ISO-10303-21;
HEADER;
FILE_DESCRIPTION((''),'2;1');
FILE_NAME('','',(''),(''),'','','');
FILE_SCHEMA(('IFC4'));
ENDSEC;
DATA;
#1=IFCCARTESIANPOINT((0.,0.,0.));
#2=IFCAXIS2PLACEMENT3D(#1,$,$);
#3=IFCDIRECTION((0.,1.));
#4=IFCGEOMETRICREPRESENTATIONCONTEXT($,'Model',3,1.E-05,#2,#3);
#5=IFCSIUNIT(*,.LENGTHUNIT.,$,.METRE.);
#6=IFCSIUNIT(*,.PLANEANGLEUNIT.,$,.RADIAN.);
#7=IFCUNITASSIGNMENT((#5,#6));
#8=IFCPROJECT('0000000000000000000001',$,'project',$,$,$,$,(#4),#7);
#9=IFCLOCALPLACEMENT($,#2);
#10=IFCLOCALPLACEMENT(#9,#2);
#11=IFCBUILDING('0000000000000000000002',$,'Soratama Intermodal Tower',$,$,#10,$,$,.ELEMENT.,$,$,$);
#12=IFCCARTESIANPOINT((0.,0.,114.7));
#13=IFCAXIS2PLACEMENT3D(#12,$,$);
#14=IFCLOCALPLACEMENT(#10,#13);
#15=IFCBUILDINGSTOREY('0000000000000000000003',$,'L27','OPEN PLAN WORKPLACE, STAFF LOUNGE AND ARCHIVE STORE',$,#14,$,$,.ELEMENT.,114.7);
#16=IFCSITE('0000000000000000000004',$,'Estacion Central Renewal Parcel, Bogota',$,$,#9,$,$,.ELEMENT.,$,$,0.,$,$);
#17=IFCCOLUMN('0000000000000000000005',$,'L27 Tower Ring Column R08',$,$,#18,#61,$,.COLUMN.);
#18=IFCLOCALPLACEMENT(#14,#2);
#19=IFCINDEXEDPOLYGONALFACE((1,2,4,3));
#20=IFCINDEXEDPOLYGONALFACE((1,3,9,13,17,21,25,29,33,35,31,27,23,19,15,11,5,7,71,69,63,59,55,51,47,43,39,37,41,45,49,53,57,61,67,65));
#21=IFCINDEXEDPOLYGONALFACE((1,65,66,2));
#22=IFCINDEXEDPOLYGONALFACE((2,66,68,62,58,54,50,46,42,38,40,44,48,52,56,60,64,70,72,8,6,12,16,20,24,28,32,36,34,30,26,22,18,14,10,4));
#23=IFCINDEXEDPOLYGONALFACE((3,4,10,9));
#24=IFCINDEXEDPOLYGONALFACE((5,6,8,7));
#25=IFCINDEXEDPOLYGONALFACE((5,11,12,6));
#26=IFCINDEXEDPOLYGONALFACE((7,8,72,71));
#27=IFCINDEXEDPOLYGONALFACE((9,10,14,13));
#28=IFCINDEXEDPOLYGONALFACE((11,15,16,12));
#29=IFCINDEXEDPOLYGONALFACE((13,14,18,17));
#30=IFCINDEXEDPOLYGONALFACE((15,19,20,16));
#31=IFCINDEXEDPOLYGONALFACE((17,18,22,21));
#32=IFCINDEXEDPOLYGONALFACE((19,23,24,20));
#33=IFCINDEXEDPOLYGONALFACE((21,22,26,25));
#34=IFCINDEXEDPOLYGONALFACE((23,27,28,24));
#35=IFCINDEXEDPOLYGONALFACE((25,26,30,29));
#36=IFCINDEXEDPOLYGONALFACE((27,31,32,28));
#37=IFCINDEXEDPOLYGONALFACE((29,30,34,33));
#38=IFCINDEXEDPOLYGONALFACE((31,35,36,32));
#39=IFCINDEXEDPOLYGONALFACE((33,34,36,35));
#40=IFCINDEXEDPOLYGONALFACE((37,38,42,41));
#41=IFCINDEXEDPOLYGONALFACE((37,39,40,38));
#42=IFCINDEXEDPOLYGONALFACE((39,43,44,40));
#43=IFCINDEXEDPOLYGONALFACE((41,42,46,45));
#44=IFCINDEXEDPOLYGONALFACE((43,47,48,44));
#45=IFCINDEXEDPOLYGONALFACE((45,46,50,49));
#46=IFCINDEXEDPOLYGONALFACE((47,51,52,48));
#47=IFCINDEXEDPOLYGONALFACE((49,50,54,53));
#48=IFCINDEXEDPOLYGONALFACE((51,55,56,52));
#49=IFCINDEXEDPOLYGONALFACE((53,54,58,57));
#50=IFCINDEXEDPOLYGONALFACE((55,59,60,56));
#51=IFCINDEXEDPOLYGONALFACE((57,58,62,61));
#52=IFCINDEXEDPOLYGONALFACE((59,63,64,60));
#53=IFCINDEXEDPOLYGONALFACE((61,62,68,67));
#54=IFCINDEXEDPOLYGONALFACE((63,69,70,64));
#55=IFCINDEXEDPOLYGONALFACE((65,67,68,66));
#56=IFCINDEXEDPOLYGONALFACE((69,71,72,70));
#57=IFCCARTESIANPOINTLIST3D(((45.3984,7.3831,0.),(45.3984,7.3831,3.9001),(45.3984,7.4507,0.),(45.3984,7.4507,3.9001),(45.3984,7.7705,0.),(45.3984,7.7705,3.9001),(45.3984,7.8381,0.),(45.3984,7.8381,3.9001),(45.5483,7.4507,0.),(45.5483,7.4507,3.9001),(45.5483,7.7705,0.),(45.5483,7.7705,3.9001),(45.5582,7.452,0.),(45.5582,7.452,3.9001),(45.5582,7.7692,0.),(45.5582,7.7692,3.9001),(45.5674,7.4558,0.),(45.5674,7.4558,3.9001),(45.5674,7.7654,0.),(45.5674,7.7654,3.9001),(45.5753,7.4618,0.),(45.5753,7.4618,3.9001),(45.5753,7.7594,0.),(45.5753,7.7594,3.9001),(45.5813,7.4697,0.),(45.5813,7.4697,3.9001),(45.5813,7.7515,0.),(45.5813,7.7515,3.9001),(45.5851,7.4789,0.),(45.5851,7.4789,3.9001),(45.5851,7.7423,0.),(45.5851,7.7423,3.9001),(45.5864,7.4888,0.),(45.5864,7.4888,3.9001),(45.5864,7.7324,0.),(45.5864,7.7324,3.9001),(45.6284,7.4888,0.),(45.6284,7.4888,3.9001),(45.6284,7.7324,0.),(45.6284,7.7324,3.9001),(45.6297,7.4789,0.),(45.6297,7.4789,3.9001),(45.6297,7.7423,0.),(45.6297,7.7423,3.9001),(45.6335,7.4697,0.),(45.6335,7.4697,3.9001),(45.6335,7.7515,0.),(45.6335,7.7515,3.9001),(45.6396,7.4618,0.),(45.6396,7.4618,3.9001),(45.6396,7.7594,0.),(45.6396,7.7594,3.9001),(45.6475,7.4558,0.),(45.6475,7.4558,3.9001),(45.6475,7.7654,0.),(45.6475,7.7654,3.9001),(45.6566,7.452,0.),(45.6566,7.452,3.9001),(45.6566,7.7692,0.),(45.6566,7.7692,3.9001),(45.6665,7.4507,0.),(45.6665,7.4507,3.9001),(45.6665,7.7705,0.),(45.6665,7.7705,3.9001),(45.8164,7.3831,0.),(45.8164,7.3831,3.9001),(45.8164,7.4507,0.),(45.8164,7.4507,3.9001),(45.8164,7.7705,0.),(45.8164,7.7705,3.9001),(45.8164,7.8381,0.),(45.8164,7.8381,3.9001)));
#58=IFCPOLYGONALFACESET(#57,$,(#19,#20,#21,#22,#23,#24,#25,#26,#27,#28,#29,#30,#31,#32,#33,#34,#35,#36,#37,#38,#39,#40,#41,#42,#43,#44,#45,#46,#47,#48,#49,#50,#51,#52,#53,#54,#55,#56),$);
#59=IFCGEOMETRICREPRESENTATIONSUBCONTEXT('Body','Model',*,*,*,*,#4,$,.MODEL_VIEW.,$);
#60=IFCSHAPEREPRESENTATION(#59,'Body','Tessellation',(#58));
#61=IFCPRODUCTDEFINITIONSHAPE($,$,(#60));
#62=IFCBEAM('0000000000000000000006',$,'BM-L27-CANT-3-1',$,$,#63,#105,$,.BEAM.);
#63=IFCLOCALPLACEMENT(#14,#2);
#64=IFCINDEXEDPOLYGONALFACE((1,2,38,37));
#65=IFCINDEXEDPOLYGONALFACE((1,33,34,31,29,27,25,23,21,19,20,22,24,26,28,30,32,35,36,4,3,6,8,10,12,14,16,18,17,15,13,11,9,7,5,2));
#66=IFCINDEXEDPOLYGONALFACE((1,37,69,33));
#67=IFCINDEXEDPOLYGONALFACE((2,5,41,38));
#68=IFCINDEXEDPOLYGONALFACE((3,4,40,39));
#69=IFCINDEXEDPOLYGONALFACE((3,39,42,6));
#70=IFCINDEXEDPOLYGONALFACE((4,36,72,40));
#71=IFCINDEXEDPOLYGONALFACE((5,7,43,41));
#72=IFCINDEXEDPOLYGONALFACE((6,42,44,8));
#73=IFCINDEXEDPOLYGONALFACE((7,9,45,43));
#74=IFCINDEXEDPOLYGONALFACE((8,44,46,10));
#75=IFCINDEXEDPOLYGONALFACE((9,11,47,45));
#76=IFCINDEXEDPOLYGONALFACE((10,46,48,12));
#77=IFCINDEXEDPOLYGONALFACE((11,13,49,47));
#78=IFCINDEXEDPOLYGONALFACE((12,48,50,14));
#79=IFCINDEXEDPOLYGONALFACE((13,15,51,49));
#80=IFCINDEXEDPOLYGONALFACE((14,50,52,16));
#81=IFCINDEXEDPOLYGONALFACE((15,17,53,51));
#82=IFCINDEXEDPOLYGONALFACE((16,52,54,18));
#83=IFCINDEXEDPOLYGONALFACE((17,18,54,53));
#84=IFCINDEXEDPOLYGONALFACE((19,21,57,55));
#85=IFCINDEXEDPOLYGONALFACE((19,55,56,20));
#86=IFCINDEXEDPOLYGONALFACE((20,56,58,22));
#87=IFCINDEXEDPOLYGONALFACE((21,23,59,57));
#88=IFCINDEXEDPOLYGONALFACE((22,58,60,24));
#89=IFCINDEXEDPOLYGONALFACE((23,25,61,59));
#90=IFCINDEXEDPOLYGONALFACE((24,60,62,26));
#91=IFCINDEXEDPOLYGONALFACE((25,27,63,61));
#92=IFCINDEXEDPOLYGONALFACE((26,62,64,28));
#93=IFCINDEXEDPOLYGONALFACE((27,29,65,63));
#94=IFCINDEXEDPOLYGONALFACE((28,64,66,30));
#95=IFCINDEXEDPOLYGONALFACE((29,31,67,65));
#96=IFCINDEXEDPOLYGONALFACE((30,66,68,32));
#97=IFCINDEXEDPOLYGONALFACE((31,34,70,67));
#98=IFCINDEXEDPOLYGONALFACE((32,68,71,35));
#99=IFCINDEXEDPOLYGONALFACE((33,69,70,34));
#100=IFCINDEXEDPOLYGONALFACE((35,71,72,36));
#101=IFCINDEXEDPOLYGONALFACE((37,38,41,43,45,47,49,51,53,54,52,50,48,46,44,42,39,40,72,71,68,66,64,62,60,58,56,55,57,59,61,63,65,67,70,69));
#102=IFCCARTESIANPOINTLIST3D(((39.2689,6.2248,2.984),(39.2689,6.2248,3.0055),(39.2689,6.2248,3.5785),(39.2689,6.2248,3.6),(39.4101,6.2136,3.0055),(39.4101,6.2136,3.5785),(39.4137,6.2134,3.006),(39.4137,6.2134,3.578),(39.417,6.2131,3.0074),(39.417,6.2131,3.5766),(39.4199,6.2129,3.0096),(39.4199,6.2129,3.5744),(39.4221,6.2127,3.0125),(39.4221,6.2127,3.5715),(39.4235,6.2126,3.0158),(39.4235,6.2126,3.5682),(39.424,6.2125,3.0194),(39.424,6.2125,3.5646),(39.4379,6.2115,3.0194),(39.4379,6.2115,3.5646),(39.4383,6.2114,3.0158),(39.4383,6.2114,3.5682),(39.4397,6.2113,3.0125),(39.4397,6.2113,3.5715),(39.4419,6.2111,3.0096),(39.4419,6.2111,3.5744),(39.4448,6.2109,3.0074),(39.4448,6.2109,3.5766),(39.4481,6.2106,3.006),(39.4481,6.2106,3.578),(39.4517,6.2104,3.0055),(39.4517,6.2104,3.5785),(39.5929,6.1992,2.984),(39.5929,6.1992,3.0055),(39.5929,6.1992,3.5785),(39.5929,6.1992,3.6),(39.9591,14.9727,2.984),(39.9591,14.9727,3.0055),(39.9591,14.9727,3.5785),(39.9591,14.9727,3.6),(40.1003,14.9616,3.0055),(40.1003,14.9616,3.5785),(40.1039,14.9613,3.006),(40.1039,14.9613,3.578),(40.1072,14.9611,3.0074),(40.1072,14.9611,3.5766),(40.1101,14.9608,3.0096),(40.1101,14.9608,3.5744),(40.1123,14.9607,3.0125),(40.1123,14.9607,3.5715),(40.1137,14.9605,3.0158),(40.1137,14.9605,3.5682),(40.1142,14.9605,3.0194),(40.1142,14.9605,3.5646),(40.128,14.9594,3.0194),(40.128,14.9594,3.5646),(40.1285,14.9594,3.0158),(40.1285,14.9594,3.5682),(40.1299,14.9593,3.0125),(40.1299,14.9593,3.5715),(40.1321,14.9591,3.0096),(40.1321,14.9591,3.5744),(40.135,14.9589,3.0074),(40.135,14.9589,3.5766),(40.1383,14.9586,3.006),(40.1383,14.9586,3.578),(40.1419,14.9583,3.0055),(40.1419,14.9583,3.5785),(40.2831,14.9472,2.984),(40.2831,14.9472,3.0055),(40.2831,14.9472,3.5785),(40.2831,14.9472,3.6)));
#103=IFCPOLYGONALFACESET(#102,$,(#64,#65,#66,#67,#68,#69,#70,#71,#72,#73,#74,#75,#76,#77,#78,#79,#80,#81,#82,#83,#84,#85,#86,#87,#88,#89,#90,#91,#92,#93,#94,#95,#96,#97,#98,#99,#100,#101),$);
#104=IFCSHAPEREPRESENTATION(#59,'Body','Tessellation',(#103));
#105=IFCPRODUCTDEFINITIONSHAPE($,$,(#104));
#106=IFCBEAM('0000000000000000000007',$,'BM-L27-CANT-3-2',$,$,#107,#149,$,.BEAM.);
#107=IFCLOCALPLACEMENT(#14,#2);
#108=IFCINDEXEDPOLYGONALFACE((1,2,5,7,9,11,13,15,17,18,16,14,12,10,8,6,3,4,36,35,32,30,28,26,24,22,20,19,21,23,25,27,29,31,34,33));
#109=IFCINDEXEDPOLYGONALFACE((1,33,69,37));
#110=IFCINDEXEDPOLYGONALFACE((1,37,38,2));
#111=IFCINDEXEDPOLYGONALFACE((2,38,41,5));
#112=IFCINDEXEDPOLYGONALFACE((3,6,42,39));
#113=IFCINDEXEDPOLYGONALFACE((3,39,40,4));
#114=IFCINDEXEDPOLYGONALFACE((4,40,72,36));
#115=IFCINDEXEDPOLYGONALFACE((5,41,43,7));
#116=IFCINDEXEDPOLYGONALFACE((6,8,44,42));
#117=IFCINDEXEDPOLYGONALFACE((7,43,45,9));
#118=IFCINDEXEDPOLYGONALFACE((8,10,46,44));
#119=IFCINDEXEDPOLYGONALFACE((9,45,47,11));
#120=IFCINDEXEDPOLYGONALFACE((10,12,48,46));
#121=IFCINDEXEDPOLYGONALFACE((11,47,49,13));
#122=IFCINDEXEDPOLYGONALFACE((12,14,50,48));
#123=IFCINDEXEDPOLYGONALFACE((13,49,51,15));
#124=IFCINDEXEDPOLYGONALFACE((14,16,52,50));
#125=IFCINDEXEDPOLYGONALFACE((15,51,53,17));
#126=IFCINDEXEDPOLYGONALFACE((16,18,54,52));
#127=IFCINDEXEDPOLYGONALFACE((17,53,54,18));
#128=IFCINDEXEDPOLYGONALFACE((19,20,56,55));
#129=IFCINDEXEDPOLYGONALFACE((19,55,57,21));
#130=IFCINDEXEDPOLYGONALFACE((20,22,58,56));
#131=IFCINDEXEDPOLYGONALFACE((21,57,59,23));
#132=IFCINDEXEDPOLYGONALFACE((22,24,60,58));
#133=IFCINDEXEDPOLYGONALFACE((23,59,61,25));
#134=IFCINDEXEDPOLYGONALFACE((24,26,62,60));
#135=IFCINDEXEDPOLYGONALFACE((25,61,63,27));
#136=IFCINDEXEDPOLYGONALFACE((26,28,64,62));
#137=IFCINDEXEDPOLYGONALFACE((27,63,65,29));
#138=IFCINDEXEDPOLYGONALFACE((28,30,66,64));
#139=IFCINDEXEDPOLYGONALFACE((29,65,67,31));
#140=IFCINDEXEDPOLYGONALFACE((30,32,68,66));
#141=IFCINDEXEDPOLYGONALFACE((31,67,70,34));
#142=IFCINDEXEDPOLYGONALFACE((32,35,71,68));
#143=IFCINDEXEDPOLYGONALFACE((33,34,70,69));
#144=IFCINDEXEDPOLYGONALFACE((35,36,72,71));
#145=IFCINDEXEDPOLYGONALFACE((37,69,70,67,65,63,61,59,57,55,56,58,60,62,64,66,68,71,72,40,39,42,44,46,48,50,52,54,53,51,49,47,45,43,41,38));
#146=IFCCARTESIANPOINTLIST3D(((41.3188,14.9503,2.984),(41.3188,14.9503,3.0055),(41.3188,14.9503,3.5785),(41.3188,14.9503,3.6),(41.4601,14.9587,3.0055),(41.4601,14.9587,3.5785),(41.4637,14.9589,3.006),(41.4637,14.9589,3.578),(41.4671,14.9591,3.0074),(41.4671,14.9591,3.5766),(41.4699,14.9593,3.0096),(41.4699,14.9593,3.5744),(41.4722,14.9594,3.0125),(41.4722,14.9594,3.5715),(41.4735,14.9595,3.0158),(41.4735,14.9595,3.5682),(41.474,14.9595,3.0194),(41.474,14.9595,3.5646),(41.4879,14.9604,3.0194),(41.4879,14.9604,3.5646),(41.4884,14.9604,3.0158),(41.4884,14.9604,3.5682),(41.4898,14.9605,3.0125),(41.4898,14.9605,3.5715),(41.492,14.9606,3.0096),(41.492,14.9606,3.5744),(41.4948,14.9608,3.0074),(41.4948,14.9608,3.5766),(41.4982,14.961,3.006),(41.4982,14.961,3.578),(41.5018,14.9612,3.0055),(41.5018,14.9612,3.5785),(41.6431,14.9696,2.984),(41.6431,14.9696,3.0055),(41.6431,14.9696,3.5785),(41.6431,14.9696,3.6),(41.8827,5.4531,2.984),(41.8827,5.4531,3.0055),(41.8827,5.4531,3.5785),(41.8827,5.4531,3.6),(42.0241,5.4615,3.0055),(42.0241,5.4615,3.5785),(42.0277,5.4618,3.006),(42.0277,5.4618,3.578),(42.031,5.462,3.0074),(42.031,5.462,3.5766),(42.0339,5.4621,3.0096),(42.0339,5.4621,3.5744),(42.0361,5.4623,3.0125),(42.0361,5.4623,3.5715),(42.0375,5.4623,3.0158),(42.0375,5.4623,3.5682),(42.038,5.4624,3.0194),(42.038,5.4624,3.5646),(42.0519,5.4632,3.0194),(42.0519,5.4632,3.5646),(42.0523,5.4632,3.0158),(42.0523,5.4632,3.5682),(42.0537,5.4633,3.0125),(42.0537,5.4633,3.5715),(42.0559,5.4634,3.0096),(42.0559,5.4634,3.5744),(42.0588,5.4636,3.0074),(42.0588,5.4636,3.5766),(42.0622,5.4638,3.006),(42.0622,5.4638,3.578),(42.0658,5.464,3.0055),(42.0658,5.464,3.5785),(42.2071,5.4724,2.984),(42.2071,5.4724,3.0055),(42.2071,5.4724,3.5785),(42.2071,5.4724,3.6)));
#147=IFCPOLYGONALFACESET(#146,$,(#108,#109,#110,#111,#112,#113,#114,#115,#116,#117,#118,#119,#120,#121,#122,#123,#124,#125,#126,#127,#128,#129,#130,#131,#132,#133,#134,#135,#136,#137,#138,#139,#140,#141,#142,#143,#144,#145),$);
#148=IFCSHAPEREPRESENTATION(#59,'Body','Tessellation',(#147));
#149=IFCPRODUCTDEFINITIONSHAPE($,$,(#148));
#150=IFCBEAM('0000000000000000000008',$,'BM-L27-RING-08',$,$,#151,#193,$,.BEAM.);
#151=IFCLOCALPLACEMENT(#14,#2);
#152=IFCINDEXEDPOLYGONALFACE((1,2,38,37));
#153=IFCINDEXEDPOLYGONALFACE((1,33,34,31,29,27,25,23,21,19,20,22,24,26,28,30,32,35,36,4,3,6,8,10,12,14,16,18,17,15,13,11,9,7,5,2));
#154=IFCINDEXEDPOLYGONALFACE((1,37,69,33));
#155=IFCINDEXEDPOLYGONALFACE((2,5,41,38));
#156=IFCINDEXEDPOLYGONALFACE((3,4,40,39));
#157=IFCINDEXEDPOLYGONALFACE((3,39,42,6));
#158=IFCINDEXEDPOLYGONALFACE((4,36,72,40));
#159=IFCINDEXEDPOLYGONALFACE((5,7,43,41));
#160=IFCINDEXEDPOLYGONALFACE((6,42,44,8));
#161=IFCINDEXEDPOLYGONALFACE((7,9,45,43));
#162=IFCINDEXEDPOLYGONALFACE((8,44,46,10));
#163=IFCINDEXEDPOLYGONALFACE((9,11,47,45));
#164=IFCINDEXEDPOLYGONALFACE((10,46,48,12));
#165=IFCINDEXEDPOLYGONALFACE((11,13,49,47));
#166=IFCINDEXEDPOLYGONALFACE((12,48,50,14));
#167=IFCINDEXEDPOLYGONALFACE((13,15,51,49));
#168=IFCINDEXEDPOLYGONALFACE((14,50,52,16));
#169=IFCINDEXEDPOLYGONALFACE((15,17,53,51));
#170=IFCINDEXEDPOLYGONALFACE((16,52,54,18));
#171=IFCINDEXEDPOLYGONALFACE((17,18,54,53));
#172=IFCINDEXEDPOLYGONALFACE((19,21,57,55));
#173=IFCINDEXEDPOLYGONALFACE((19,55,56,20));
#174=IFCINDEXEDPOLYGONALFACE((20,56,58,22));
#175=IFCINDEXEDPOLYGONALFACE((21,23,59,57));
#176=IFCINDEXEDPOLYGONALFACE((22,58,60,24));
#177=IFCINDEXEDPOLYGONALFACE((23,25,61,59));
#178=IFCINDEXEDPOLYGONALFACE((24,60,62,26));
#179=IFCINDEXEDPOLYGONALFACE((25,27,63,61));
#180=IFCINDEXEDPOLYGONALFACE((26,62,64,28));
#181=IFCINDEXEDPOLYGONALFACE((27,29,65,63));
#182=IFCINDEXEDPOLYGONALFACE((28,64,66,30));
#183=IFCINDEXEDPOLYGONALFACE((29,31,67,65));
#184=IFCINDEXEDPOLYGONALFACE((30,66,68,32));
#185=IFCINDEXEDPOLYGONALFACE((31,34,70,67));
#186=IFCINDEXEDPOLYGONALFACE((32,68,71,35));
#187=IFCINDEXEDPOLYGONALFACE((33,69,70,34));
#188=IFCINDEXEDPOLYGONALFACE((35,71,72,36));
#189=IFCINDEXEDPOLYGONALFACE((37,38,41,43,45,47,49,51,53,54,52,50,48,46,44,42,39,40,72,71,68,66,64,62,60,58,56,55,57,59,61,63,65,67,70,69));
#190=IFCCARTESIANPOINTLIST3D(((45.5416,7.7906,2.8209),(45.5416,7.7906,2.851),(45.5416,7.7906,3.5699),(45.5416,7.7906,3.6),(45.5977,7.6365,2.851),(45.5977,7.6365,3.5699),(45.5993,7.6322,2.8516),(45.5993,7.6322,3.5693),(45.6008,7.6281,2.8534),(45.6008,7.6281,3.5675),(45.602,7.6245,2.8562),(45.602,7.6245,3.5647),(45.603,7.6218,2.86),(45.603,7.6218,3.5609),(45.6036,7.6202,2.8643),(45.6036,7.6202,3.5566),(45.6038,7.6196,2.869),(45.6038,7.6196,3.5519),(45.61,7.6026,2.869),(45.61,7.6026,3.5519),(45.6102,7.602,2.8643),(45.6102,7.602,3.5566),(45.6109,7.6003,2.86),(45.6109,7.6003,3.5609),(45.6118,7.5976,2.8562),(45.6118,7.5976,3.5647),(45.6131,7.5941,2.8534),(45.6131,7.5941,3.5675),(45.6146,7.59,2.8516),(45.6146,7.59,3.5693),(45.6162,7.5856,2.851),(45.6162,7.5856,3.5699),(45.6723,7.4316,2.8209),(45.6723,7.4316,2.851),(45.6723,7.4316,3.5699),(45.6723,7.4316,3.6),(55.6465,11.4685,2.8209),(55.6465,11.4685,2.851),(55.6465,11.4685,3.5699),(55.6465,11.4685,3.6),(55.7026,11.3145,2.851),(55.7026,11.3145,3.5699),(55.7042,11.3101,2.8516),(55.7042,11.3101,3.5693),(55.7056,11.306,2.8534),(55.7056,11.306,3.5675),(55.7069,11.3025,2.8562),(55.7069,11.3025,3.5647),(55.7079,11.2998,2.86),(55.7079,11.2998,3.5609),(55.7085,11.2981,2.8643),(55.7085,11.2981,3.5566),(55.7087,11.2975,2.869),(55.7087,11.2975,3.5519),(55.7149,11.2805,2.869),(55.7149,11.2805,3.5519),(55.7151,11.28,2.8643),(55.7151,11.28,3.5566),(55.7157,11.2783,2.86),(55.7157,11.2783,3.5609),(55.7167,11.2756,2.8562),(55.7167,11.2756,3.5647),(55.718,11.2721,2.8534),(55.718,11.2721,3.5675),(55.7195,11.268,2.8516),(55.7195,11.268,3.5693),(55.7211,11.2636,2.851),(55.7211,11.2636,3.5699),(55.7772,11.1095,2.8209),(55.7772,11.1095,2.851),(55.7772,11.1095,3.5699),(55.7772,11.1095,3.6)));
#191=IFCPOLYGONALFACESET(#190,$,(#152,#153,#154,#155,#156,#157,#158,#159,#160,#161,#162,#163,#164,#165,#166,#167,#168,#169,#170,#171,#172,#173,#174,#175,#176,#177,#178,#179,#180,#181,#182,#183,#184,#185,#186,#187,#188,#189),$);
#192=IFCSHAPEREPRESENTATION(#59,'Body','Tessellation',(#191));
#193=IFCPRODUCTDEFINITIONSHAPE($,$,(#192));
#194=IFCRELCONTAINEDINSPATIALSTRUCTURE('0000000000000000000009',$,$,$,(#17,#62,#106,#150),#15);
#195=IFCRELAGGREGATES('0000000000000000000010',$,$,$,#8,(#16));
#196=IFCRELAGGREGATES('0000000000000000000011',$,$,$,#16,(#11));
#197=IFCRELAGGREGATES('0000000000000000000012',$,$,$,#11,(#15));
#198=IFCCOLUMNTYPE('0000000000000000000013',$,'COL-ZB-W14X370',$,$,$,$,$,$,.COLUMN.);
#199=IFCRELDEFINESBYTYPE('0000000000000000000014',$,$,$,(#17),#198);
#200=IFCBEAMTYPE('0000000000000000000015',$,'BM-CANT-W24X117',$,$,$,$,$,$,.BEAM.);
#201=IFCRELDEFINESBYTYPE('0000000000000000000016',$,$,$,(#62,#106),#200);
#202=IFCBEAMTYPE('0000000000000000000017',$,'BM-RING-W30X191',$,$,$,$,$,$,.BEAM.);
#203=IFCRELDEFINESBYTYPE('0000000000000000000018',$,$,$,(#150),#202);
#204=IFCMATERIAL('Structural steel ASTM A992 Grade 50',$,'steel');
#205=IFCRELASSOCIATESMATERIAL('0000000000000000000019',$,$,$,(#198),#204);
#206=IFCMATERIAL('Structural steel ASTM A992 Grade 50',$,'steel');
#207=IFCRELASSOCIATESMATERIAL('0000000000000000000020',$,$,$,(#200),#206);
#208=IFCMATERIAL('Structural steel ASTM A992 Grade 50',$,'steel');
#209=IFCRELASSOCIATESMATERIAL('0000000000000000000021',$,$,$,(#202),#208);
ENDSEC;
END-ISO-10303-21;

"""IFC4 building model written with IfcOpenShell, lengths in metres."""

from ifc_helpers import new_model, si_unit, direction, frame, origin, origin_2d, place, context, subcontext, project, spatial, i_section, extrude, material, material_profile, profile_set, type_object, element, save


model = new_model("IFC4")

# Units and contexts
model_context = context("Model", 3, precision=1e-05, world=origin(), true_north=direction((0.0, 1.0)))
body_context = subcontext(model_context, "Body", "Model", "MODEL_VIEW")
ifc_project = project(units=[si_unit("LENGTHUNIT", "METRE"), si_unit("PLANEANGLEUNIT", "RADIAN")], contexts=[model_context])

# Site, building, storey
site_placement = place(None, origin())
site = spatial("IfcSite", under=ifc_project, at=site_placement, Name="Estacion Central Renewal Parcel, Bogota", CompositionType="ELEMENT", RefElevation=0.0)
building_placement = place(site_placement, origin())
building = spatial("IfcBuilding", under=site, at=building_placement, Name="Soratama Intermodal Tower", CompositionType="ELEMENT")
storey_placement = place(building_placement, frame((0.0, 0.0, 114.7)))
storey = spatial("IfcBuildingStorey", under=building, at=storey_placement, Name="L27", Description="OPEN PLAN WORKPLACE, STAFF LOUNGE AND ARCHIVE STORE", CompositionType="ELEMENT", Elevation=114.7)

# Column
ifc_material_1 = material(Name="Structural steel ASTM A992 Grade 50", Category="steel")
ifc_material_profile_1 = material_profile(ifc_material_1, i_section(OverallWidth=0.418, OverallDepth=0.4551, WebThickness=0.042, FlangeThickness=0.0676, FilletRadius=0.0381, at=origin_2d()), Name="W14X370")
ifc_profile_set_1 = profile_set([ifc_material_profile_1], Name="Structural steel ASTM A992 Grade 50")
column_type = type_object("IfcColumnType", Name="COL-ZB-W14X370", PredefinedType="COLUMN", material=ifc_profile_set_1)
column_placement = place(storey_placement, frame((45.6074, 7.6106, 0.0), z_axis=(0.0, 0.0, 1.0), x_axis=(1.0, 0.0, 0.0)))
element("IfcColumn", 1, at=column_placement, inside=storey, type_object=column_type, Name="L27 Tower Ring Column R08", PredefinedType="COLUMN", context=body_context, shape_type="SweptSolid", body=[
    extrude(i_section(OverallWidth=0.418, OverallDepth=0.4551, WebThickness=0.042, FlangeThickness=0.0676, FilletRadius=0.0381, at=origin_2d()), origin(), (0.0, 0.0, 1.0), 3.9001),
])

# Beams
ifc_material_2 = material(Name="Structural steel ASTM A992 Grade 50", Category="steel")
ifc_material_profile_2 = material_profile(ifc_material_2, i_section(OverallWidth=0.325, OverallDepth=0.616, WebThickness=0.0139, FlangeThickness=0.0215, FilletRadius=0.0139, at=origin_2d()), Name="W24X117")
ifc_profile_set_2 = profile_set([ifc_material_profile_2], Name="Structural steel ASTM A992 Grade 50")
beam_type_1 = type_object("IfcBeamType", Name="BM-CANT-W24X117", PredefinedType="BEAM", material=ifc_profile_set_2)
beam_1_placement = place(storey_placement, frame((40.1211, 14.96, 3.292), z_axis=(-0.078652, -0.996902, 0.0), x_axis=(0.996902, -0.078652, 0.0)))
element("IfcBeam", 2, at=beam_1_placement, inside=storey, type_object=beam_type_1, Name="BM-L27-CANT-3-1", PredefinedType="BEAM", context=body_context, shape_type="SweptSolid", body=[
    extrude(i_section(OverallWidth=0.325, OverallDepth=0.616, WebThickness=0.0139, FlangeThickness=0.0215, FilletRadius=0.0139, at=origin_2d()), origin(), (0.0, 0.0, 1.0), 8.7751),
])
beam_2_placement = place(storey_placement, frame((41.481, 14.96, 3.292), z_axis=(0.059279, -0.998241, 0.0), x_axis=(0.998241, 0.059279, 0.0)))
element("IfcBeam", 3, at=beam_2_placement, inside=storey, type_object=beam_type_1, Name="BM-L27-CANT-3-2", PredefinedType="BEAM", context=body_context, shape_type="SweptSolid", body=[
    extrude(i_section(OverallWidth=0.325, OverallDepth=0.616, WebThickness=0.0139, FlangeThickness=0.0215, FilletRadius=0.0139, at=origin_2d()), origin(), (0.0, 0.0, 1.0), 9.5139),
])
ifc_material_3 = material(Name="Structural steel ASTM A992 Grade 50", Category="steel")
ifc_material_profile_3 = material_profile(ifc_material_3, i_section(OverallWidth=0.3821, OverallDepth=0.7791, WebThickness=0.0181, FlangeThickness=0.03, FilletRadius=0.0181, at=origin_2d()), Name="W30X191")
ifc_profile_set_3 = profile_set([ifc_material_profile_3], Name="Structural steel ASTM A992 Grade 50")
beam_type_2 = type_object("IfcBeamType", Name="BM-RING-W30X191", PredefinedType="BEAM", material=ifc_profile_set_3)
beam_3_placement = place(storey_placement, frame((45.6069, 7.6111, 3.2104), z_axis=(0.939691, 0.342026, 0.0), x_axis=(-0.342026, 0.939691, 0.0)))
element("IfcBeam", 4, at=beam_3_placement, inside=storey, type_object=beam_type_2, Name="BM-L27-RING-08", PredefinedType="BEAM", context=body_context, shape_type="SweptSolid", body=[
    extrude(i_section(OverallWidth=0.3821, OverallDepth=0.7791, WebThickness=0.0181, FlangeThickness=0.03, FilletRadius=0.0181, at=origin_2d()), origin(), (0.0, 0.0, 1.0), 10.7534),
])

save(model, "model.ifc")
